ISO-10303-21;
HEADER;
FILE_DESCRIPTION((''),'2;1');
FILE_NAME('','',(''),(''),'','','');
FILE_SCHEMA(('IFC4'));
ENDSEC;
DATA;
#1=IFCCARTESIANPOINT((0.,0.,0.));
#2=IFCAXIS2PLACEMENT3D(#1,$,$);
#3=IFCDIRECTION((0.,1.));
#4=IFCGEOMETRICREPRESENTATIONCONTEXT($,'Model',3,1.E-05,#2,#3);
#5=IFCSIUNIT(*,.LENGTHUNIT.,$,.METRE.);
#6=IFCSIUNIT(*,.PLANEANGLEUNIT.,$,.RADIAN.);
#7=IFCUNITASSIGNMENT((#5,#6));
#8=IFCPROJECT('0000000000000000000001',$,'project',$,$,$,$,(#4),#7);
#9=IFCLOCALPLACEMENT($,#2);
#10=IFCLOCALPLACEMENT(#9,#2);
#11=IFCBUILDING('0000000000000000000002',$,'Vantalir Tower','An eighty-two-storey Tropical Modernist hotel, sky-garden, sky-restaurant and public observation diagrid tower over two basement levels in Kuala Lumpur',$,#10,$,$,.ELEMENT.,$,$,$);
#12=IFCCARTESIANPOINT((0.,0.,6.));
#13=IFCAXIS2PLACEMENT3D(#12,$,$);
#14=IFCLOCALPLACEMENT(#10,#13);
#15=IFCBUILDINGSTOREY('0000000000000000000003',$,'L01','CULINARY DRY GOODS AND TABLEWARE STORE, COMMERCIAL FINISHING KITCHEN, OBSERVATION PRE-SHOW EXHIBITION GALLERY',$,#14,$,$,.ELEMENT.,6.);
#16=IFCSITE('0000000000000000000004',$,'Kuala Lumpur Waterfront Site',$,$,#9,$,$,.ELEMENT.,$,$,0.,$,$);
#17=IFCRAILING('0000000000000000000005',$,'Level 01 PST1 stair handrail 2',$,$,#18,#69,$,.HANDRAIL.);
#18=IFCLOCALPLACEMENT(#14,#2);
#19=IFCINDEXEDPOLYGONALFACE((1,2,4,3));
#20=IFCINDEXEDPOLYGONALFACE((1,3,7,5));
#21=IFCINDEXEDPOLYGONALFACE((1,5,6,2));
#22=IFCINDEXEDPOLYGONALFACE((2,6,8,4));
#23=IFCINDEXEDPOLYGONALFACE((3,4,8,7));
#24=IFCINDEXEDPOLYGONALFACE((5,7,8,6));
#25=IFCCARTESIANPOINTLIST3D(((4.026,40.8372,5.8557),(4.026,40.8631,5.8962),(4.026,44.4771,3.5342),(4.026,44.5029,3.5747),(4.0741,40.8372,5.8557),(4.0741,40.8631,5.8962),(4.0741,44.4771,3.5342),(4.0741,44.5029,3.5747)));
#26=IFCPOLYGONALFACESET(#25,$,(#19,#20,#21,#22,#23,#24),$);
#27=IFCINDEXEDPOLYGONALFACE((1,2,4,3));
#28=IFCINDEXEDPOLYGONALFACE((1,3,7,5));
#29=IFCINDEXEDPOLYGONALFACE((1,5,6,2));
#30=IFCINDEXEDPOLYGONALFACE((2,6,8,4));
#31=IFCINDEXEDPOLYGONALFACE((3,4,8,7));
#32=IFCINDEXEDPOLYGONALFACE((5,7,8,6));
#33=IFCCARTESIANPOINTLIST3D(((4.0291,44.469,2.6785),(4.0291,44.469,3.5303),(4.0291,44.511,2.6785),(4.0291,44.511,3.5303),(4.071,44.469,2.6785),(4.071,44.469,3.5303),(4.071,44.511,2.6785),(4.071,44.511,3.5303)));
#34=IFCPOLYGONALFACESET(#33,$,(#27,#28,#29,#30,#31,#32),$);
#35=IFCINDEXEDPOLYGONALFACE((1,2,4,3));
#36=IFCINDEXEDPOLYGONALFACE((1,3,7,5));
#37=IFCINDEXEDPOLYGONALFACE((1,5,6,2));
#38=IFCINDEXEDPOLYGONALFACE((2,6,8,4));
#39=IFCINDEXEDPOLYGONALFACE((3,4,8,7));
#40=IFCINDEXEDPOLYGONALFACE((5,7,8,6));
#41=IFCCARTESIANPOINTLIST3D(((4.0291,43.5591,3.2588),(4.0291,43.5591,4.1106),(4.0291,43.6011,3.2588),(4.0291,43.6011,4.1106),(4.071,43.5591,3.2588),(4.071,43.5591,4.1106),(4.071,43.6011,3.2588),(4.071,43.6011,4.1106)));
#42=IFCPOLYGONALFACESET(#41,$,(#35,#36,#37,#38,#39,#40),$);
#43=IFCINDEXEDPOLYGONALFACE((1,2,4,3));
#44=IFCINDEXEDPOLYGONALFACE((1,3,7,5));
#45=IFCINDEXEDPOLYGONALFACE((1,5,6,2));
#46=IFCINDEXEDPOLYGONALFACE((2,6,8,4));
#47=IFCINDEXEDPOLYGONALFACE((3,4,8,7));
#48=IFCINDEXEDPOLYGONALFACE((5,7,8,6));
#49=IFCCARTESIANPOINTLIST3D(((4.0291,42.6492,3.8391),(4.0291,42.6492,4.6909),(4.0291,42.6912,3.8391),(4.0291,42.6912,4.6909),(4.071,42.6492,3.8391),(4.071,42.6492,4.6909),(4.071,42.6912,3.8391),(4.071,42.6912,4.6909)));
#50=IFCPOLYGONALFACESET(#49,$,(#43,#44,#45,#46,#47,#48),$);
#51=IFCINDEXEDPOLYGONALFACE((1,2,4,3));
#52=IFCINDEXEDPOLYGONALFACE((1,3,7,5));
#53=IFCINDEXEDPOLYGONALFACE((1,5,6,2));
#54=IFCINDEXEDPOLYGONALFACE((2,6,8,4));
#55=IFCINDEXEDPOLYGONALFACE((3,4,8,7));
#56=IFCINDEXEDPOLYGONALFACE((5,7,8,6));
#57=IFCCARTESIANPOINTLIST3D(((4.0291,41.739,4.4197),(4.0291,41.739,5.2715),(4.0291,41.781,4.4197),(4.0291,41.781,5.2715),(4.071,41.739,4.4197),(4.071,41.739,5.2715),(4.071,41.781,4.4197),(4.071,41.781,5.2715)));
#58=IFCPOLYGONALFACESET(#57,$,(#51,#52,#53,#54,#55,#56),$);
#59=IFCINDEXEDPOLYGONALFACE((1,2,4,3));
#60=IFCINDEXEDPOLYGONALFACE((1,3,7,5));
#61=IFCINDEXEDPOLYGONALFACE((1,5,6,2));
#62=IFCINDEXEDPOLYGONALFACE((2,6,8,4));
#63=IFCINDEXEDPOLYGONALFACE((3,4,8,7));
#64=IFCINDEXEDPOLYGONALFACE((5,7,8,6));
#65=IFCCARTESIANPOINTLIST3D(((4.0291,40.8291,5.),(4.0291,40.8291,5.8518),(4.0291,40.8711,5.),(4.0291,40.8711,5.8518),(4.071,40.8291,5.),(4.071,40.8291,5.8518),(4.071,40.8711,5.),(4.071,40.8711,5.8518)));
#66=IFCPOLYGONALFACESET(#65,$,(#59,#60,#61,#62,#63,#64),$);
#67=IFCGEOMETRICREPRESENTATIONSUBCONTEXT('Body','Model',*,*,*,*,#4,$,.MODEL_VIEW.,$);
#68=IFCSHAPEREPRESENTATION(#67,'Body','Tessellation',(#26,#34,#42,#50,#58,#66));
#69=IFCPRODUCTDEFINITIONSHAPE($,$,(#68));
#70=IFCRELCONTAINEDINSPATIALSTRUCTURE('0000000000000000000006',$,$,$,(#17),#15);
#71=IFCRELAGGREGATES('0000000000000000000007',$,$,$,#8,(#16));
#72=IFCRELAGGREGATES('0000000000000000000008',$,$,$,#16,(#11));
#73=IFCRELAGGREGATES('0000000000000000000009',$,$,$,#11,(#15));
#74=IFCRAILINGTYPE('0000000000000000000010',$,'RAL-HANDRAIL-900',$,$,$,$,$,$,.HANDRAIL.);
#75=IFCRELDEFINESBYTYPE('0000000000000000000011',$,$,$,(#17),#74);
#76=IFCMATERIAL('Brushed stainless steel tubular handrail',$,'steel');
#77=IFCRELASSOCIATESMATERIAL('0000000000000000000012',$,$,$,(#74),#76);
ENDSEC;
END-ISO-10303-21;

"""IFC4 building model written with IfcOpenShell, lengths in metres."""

from ifc_helpers import new_model, si_unit, direction, frame, origin, origin_2d, place, context, subcontext, project, spatial, rectangle, extrude, material, type_object, element, save


model = new_model("IFC4")

# Units and contexts
model_context = context("Model", 3, precision=1e-05, world=origin(), true_north=direction((0.0, 1.0)))
body_context = subcontext(model_context, "Body", "Model", "MODEL_VIEW")
ifc_project = project(units=[si_unit("LENGTHUNIT", "METRE"), si_unit("PLANEANGLEUNIT", "RADIAN")], contexts=[model_context])

# Site, building, storey
site_placement = place(None, origin())
site = spatial("IfcSite", under=ifc_project, at=site_placement, Name="Kuala Lumpur Waterfront Site", CompositionType="ELEMENT", RefElevation=0.0)
building_placement = place(site_placement, origin())
building = spatial("IfcBuilding", under=site, at=building_placement, Name="Vantalir Tower", Description="An eighty-two-storey Tropical Modernist hotel, sky-garden, sky-restaurant and public observation diagrid tower over two basement levels in Kuala Lumpur", CompositionType="ELEMENT")
storey_placement = place(building_placement, frame((0.0, 0.0, 6.0)))
storey = spatial("IfcBuildingStorey", under=building, at=storey_placement, Name="L01", Description="CULINARY DRY GOODS AND TABLEWARE STORE, COMMERCIAL FINISHING KITCHEN, OBSERVATION PRE-SHOW EXHIBITION GALLERY", CompositionType="ELEMENT", Elevation=6.0)

# Railing
ifc_material_1 = material(Name="Brushed stainless steel tubular handrail", Category="steel")
railing_type_1 = type_object("IfcRailingType", Name="RAL-HANDRAIL-900", PredefinedType="HANDRAIL", material=ifc_material_1)
railing_1_placement = place(storey_placement, frame((4.05, 44.49, 2.6785)))
element("IfcRailing", 1, at=railing_1_placement, inside=storey, type_object=railing_type_1, Name="Level 01 PST1 stair handrail 2", PredefinedType="HANDRAIL", context=body_context, shape_type="SweptSolid", body=[
    extrude(rectangle(XDim=0.0481, YDim=0.0481, at=origin_2d()), frame((0.0, 0.0, 0.876), z_axis=(0.0, -0.843112, 0.537739), x_axis=(1.0, 0.0, 0.0)), (0.0, 0.0, 1.0), 4.3171),
    extrude(rectangle(XDim=0.042, YDim=0.042, at=origin_2d()), origin(), (0.0, 0.0, 1.0), 0.8518),
    extrude(rectangle(XDim=0.042, YDim=0.042, at=origin_2d()), frame((0.0, -0.9099, 0.5803)), (0.0, 0.0, 1.0), 0.8518),
    extrude(rectangle(XDim=0.042, YDim=0.042, at=origin_2d()), frame((0.0, -1.8198, 1.1606)), (0.0, 0.0, 1.0), 0.8518),
    extrude(rectangle(XDim=0.042, YDim=0.042, at=origin_2d()), frame((0.0, -2.73, 1.7412)), (0.0, 0.0, 1.0), 0.8518),
    extrude(rectangle(XDim=0.042, YDim=0.042, at=origin_2d()), frame((0.0, -3.6399, 2.3215)), (0.0, 0.0, 1.0), 0.8518),
])

save(model, "model.ifc")
